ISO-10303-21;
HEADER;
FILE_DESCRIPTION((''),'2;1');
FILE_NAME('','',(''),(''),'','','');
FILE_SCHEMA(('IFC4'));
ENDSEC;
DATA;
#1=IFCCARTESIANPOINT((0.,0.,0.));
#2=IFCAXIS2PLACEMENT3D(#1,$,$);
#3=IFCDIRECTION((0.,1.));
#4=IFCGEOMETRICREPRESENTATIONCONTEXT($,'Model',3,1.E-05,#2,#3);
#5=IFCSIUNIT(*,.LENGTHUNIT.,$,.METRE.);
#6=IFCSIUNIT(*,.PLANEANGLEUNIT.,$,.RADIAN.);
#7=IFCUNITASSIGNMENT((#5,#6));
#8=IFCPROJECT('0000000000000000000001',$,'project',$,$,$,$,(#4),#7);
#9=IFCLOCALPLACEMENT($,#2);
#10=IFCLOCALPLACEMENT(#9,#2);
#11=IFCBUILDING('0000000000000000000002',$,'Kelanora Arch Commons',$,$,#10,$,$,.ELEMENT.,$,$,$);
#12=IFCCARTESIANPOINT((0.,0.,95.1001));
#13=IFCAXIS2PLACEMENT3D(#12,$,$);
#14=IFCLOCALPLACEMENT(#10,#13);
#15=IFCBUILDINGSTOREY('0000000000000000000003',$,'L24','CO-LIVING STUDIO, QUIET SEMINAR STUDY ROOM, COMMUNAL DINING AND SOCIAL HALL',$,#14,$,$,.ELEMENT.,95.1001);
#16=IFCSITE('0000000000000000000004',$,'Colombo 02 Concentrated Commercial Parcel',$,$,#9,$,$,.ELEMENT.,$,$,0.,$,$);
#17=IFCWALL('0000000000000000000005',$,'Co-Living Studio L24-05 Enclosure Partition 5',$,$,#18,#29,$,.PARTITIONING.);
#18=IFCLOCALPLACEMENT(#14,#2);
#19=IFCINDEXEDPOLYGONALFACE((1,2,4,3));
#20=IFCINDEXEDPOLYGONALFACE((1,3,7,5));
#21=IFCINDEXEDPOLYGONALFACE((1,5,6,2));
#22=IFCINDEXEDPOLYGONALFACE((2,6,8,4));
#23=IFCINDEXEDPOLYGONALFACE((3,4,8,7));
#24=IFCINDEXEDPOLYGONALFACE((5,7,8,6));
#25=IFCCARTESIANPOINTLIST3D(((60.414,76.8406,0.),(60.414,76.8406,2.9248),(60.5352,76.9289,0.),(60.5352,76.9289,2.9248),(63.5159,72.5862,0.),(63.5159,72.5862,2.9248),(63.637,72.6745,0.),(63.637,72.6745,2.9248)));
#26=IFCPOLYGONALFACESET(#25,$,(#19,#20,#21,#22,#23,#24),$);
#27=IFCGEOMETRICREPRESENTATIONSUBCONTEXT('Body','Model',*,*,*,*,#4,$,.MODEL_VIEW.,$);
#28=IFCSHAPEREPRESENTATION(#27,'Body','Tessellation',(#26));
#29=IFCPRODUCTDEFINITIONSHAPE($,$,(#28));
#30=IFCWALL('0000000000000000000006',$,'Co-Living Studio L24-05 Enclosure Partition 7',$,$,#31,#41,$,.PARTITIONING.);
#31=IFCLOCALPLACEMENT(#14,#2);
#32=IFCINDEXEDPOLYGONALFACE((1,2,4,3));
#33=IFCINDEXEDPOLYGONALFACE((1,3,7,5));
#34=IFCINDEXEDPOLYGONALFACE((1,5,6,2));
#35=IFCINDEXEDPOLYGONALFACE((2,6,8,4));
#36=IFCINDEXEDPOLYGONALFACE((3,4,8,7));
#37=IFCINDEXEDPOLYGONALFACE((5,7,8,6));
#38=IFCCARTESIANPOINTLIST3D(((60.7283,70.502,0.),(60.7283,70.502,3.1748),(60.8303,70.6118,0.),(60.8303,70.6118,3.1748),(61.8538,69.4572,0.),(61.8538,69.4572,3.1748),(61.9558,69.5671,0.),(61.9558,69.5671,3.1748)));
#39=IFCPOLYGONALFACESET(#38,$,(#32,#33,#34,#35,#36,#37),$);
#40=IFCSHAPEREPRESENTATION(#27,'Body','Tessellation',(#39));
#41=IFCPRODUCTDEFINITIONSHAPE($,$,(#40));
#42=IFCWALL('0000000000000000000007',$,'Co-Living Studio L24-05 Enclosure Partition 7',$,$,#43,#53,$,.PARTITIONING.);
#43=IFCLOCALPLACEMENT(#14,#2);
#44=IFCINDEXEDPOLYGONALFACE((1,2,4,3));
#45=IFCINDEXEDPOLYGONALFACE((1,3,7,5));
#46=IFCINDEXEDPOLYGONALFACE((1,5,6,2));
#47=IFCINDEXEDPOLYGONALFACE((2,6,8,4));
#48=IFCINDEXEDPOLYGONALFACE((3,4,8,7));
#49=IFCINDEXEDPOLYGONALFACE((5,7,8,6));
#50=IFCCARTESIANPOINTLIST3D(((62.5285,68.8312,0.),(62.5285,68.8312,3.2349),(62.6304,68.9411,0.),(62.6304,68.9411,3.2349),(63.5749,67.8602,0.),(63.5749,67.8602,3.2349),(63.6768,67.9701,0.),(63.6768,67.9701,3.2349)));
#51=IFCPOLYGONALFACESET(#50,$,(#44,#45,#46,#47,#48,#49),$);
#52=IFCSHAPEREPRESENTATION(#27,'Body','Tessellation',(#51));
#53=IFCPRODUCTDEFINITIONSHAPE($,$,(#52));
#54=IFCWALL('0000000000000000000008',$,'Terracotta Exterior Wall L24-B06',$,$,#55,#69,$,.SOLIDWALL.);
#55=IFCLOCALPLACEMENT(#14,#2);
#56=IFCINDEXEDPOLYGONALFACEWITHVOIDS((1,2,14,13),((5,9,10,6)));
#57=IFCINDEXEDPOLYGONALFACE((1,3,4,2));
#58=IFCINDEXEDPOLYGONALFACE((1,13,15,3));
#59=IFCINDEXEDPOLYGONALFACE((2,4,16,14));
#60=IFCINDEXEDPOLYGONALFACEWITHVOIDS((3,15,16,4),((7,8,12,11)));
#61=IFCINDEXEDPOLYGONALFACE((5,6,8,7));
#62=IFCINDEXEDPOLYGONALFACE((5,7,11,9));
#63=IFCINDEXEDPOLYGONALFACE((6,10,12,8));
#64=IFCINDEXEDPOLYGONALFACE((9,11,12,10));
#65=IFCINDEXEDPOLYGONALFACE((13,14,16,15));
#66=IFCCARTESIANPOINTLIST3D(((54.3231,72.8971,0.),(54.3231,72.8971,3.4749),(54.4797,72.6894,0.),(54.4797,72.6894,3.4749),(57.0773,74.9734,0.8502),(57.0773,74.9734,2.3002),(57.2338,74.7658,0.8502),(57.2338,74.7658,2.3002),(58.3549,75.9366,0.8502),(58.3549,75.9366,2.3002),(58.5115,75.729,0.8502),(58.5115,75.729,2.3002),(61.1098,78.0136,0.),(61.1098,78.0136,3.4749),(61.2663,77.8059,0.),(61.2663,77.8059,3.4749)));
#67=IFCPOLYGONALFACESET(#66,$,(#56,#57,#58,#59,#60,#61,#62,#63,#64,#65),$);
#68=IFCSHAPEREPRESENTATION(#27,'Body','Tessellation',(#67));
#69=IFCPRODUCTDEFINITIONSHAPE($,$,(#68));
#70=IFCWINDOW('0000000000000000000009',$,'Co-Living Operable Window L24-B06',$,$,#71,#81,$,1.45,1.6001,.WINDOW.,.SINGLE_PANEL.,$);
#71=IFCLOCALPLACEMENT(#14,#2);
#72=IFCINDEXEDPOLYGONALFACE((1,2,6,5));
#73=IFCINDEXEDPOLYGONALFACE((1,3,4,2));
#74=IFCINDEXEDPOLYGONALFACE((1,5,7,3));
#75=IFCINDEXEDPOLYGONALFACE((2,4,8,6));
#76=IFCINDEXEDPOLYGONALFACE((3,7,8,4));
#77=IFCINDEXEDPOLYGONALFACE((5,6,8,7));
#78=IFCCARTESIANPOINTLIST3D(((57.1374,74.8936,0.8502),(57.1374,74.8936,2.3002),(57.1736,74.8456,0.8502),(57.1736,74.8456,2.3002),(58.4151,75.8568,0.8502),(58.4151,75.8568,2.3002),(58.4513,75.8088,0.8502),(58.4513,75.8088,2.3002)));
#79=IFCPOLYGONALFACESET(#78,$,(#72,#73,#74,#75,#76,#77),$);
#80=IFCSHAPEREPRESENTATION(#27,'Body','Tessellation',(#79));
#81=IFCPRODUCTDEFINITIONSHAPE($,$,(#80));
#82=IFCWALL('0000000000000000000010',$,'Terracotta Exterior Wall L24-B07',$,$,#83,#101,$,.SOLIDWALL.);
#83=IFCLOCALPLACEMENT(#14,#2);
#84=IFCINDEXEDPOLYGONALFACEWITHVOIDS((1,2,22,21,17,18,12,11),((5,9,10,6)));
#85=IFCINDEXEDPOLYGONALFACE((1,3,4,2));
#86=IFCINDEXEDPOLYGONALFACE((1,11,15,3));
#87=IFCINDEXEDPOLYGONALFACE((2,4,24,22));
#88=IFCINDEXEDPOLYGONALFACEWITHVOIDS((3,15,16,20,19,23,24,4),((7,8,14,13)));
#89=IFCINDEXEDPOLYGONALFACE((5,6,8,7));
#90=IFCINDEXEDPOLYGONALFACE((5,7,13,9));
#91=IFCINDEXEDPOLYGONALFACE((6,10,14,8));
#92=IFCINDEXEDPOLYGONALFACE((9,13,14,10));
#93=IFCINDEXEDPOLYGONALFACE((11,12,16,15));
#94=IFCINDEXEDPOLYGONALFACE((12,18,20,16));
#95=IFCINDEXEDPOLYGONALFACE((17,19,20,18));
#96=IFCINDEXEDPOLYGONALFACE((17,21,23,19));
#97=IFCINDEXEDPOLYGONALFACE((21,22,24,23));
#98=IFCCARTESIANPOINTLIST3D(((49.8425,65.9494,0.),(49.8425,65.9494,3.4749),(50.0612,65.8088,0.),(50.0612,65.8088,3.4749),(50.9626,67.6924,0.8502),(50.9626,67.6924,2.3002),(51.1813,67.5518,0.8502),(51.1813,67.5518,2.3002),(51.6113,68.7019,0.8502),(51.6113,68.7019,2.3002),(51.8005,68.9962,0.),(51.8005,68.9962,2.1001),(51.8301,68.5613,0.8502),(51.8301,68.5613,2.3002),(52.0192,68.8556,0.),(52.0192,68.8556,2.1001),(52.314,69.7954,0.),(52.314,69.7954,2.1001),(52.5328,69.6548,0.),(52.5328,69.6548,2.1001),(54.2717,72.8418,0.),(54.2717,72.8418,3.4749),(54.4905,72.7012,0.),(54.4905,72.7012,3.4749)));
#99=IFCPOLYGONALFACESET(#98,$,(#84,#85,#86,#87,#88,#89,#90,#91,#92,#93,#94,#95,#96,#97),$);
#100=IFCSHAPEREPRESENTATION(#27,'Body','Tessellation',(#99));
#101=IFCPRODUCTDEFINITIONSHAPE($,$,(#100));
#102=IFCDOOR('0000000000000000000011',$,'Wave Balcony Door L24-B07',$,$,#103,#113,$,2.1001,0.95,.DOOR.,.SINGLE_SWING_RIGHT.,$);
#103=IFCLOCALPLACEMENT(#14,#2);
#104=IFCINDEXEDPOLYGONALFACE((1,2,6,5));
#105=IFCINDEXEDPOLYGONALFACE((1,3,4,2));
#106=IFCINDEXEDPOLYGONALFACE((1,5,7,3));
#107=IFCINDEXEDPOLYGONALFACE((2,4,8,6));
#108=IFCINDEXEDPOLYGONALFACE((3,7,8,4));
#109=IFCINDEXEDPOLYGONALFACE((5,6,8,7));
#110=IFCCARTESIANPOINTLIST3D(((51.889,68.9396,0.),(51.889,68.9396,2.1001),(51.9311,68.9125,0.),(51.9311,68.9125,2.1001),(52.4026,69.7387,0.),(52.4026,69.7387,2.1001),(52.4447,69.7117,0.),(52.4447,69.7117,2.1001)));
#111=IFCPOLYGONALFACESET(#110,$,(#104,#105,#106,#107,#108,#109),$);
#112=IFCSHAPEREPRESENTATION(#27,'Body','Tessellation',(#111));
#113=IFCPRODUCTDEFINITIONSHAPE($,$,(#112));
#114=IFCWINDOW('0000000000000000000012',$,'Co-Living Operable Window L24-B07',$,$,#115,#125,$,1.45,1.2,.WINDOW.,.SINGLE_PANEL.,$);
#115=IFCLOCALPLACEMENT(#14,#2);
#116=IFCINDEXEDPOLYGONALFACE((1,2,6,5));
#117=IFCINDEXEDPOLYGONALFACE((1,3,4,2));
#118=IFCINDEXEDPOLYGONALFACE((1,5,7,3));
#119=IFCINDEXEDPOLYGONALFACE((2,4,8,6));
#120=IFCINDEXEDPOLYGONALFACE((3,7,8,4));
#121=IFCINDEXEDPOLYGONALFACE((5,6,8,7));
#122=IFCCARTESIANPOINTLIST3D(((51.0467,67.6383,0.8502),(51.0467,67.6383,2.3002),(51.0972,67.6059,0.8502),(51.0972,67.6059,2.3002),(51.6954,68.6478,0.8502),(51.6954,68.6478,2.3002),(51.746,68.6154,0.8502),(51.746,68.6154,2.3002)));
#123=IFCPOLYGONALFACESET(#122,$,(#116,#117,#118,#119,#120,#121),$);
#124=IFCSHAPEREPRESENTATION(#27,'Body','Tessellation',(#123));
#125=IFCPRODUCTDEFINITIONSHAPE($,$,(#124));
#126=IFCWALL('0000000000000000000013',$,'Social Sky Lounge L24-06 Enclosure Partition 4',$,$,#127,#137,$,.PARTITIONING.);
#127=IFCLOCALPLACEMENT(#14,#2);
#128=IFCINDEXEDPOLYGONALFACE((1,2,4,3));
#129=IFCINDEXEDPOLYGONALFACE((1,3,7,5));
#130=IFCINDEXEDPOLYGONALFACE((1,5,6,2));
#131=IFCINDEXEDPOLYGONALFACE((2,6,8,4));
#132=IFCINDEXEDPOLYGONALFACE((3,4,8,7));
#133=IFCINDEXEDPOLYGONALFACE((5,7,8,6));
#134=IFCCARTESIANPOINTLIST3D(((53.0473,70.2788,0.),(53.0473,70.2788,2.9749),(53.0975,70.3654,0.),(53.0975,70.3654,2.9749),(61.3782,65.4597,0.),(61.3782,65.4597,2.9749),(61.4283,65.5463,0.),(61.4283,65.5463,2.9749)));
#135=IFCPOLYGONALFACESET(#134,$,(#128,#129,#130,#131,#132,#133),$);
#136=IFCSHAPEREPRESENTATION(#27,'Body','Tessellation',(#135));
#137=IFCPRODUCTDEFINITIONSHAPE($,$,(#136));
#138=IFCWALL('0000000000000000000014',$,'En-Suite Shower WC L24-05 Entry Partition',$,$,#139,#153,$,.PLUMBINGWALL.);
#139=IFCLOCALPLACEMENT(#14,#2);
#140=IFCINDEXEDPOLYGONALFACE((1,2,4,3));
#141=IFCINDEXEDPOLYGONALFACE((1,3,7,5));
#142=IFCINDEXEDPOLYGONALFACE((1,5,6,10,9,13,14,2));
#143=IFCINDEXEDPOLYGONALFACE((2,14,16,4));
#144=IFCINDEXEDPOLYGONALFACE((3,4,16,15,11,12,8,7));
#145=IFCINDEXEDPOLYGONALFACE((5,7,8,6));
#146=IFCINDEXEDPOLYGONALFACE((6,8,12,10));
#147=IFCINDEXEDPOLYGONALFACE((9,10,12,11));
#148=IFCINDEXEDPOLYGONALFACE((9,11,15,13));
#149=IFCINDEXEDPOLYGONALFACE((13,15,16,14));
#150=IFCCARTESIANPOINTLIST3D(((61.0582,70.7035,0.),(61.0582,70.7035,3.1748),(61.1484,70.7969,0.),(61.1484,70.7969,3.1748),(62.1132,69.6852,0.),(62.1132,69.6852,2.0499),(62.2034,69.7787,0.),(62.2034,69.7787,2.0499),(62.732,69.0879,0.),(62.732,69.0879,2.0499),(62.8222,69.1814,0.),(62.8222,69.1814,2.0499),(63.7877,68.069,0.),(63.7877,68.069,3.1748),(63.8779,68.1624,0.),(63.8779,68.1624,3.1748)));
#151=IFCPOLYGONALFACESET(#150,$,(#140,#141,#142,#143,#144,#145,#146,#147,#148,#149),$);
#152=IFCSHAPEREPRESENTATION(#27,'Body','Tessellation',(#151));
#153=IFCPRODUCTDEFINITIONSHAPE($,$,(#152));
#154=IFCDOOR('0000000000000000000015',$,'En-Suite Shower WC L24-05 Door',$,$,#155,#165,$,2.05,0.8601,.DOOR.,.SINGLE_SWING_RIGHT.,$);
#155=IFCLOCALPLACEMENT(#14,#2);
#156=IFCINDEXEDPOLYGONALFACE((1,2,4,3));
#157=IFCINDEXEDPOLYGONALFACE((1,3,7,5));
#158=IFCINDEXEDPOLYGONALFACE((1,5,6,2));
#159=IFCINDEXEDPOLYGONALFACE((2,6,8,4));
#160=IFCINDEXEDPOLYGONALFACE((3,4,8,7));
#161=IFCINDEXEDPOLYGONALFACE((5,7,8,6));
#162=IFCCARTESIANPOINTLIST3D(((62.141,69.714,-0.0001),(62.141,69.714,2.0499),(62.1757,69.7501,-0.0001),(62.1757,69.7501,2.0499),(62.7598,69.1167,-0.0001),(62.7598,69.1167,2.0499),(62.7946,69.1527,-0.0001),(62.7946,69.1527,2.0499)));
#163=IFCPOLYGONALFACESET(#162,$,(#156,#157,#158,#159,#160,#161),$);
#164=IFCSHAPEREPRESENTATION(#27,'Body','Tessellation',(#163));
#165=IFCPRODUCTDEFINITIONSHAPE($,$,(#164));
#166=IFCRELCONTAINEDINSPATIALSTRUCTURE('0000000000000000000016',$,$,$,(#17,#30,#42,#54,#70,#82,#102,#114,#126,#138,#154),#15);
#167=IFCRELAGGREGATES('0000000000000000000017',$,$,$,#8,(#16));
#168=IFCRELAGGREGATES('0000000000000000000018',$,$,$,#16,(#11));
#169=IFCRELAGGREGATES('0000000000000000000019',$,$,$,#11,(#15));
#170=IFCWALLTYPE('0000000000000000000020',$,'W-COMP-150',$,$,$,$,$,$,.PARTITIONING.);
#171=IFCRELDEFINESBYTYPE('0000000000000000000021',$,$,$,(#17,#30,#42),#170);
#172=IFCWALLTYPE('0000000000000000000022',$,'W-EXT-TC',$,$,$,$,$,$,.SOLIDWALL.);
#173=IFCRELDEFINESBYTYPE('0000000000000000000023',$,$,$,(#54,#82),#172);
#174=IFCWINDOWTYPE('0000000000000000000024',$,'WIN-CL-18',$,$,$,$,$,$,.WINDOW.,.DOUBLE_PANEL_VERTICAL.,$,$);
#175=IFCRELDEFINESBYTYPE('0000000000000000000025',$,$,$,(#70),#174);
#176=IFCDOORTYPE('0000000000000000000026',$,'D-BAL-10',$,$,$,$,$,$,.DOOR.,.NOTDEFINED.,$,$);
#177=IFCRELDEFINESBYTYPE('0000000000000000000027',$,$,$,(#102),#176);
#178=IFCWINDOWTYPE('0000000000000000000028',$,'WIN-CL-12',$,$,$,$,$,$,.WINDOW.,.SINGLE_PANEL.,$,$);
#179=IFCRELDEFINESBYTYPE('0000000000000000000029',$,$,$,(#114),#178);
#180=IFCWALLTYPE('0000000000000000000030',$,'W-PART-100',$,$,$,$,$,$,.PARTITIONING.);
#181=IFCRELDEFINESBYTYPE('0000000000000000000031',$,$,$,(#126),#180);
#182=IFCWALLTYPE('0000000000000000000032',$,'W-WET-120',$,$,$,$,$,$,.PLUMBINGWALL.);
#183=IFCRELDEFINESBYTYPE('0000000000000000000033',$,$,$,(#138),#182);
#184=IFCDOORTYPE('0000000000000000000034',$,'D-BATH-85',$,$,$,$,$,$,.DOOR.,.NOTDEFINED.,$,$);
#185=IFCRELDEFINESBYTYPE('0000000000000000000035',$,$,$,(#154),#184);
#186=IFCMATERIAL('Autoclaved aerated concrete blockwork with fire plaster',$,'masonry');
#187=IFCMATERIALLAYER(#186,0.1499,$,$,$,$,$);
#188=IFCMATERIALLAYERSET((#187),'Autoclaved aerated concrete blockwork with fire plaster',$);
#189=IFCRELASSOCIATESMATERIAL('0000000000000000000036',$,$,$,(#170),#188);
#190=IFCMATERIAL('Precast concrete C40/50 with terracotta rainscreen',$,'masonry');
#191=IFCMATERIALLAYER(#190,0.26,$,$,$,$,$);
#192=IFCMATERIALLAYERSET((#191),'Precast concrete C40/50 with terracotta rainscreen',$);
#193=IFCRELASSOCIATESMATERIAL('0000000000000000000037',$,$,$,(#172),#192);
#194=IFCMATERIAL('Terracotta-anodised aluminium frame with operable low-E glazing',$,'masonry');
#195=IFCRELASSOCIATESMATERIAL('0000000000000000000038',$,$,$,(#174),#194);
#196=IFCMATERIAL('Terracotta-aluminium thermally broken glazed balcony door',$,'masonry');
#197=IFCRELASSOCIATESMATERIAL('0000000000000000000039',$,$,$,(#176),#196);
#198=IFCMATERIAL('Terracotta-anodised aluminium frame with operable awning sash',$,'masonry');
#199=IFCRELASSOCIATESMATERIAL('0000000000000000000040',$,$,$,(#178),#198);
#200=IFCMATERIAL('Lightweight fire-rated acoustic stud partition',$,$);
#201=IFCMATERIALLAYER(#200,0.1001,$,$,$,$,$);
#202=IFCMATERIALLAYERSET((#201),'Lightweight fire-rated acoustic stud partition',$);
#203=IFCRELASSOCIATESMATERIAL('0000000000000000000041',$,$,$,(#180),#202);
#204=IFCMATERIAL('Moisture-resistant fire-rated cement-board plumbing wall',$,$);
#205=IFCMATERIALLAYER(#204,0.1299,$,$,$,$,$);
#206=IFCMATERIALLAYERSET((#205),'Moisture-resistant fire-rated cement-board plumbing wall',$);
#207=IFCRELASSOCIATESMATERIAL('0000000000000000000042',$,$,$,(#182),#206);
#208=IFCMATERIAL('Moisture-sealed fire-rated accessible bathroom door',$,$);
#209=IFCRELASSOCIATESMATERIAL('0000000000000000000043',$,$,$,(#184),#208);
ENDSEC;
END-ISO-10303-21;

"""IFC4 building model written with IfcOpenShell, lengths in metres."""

from ifc_helpers import new_model, si_unit, direction, frame, frame_2d, origin, place, context, subcontext, project, spatial, rectangle, extrude, material, layer, layer_set, type_object, element, fill, save


model = new_model("IFC4")

# Units and contexts
model_context = context("Model", 3, precision=1e-05, world=origin(), true_north=direction((0.0, 1.0)))
body_context = subcontext(model_context, "Body", "Model", "MODEL_VIEW")
ifc_project = project(units=[si_unit("LENGTHUNIT", "METRE"), si_unit("PLANEANGLEUNIT", "RADIAN")], contexts=[model_context])

# Site, building, storey
site_placement = place(None, origin())
site = spatial("IfcSite", under=ifc_project, at=site_placement, Name="Colombo 02 Concentrated Commercial Parcel", CompositionType="ELEMENT", RefElevation=0.0)
building_placement = place(site_placement, origin())
building = spatial("IfcBuilding", under=site, at=building_placement, Name="Kelanora Arch Commons", CompositionType="ELEMENT")
storey_placement = place(building_placement, frame((0.0, 0.0, 95.1001)))
storey = spatial("IfcBuildingStorey", under=building, at=storey_placement, Name="L24", Description="CO-LIVING STUDIO, QUIET SEMINAR STUDY ROOM, COMMUNAL DINING AND SOCIAL HALL", CompositionType="ELEMENT", Elevation=95.1001)

# Shared definitions
ifc_material_1 = material(Name="Autoclaved aerated concrete blockwork with fire plaster", Category="masonry")
ifc_layer_1 = layer(ifc_material_1, 0.1499)
ifc_layer_set_1 = layer_set([ifc_layer_1], Name="Autoclaved aerated concrete blockwork with fire plaster")
wall_type_1 = type_object("IfcWallType", Name="W-COMP-150", PredefinedType="PARTITIONING", material=ifc_layer_set_1)

# Walls
wall_1_placement = place(storey_placement, frame((60.4746, 76.8848, 0.0), z_axis=(0.0, 0.0, 1.0), x_axis=(0.589128, -0.80804, 0.0)))
element("IfcWall", 1, at=wall_1_placement, inside=storey, type_object=wall_type_1, Name="Co-Living Studio L24-05 Enclosure Partition 5", PredefinedType="PARTITIONING", context=body_context, shape_type="SweptSolid", body=[
    extrude(rectangle(XDim=5.2651, YDim=0.1499, at=frame_2d((2.6326, 0.0))), origin(), (0.0, 0.0, 1.0), 2.9248),
])
wall_2_placement = place(storey_placement, frame((60.7793, 70.5569, 0.0), z_axis=(0.0, 0.0, 1.0), x_axis=(0.732929, -0.680305, 0.0)))
element("IfcWall", 2, at=wall_2_placement, inside=storey, type_object=wall_type_1, Name="Co-Living Studio L24-05 Enclosure Partition 7", PredefinedType="PARTITIONING", context=body_context, shape_type="SweptSolid", body=[
    extrude(rectangle(XDim=1.5356, YDim=0.1499, at=frame_2d((0.7678, 0.0))), origin(), (0.0, 0.0, 1.0), 3.1748),
])
wall_3_placement = place(storey_placement, frame((62.5793, 68.8862, 0.0), z_axis=(0.0, 0.0, 1.0), x_axis=(0.733037, -0.680189, 0.0)))
element("IfcWall", 3, at=wall_3_placement, inside=storey, type_object=wall_type_1, Name="Co-Living Studio L24-05 Enclosure Partition 7", PredefinedType="PARTITIONING", context=body_context, shape_type="SweptSolid", body=[
    extrude(rectangle(XDim=1.4275, YDim=0.1499, at=frame_2d((0.7139, 0.0))), origin(), (0.0, 0.0, 1.0), 3.2349),
])

# Wall, opening, window
ifc_material_2 = material(Name="Precast concrete C40/50 with terracotta rainscreen", Category="masonry")
ifc_layer_2 = layer(ifc_material_2, 0.26)
ifc_layer_set_2 = layer_set([ifc_layer_2], Name="Precast concrete C40/50 with terracotta rainscreen")
wall_type_2 = type_object("IfcWallType", Name="W-EXT-TC", PredefinedType="SOLIDWALL", material=ifc_layer_set_2)
wall_4_placement = place(storey_placement, frame((61.188, 77.9097, 0.0), z_axis=(0.0, 0.0, 1.0), x_axis=(-0.798502, -0.601993, 0.0)))
wall_4 = element("IfcWall", 4, at=wall_4_placement, inside=storey, type_object=wall_type_2, Name="Terracotta Exterior Wall L24-B06", PredefinedType="SOLIDWALL", context=body_context, shape_type="SweptSolid", body=[
    extrude(rectangle(XDim=8.4993, YDim=0.26, at=frame_2d((4.2495, 0.0))), origin(), (0.0, 0.0, 1.0), 3.4749),
])
opening_1_placement = place(wall_4_placement, frame((3.45, 0.0, 0.8501)))
opening_1 = element("IfcOpeningElement", 5, at=opening_1_placement, cuts=wall_4, PredefinedType="OPENING", context=body_context, shape_type="SweptSolid", body=[
    extrude(rectangle(XDim=1.6001, YDim=1.45, at=frame_2d((0.8, 0.7251))), frame((0.0, 0.1401, 0.0), z_axis=(0.0, -1.0, 0.0), x_axis=(1.0, 0.0, 0.0)), (0.0, 0.0, 1.0), 0.28),
])
ifc_material_3 = material(Name="Terracotta-anodised aluminium frame with operable low-E glazing", Category="masonry")
window_type_1 = type_object("IfcWindowType", Name="WIN-CL-18", PartitioningType="DOUBLE_PANEL_VERTICAL", PredefinedType="WINDOW", material=ifc_material_3)
window_1_placement = place(opening_1_placement, origin())
window_1 = element("IfcWindow", 6, at=window_1_placement, inside=storey, type_object=window_type_1, Name="Co-Living Operable Window L24-B06", OverallHeight=1.45, OverallWidth=1.6001, PartitioningType="SINGLE_PANEL", PredefinedType="WINDOW", context=body_context, shape_type="SweptSolid", body=[
    extrude(rectangle(XDim=1.6001, YDim=1.45, at=frame_2d((0.8, 0.7251))), frame((0.0, 0.03, 0.0), z_axis=(0.0, -1.0, 0.0), x_axis=(1.0, 0.0, 0.0)), (0.0, 0.0, 1.0), 0.0601),
])
fill(opening_1, window_1)

# Wall, openings, door, window
wall_5_placement = place(storey_placement, frame((54.3811, 72.7715, 0.0), z_axis=(0.0, 0.0, 1.0), x_axis=(-0.540621, -0.841267, 0.0)))
wall_5 = element("IfcWall", 7, at=wall_5_placement, inside=storey, type_object=wall_type_2, Name="Terracotta Exterior Wall L24-B07", PredefinedType="SOLIDWALL", context=body_context, shape_type="SweptSolid", body=[
    extrude(rectangle(XDim=8.1929, YDim=0.26, at=frame_2d((4.0964, 0.0))), origin(), (0.0, 0.0, 1.0), 3.4749),
])
opening_2_placement = place(wall_5_placement, frame((3.6211, 0.0, 0.0)))
opening_2 = element("IfcOpeningElement", 8, at=opening_2_placement, cuts=wall_5, PredefinedType="OPENING", context=body_context, shape_type="SweptSolid", body=[
    extrude(rectangle(XDim=0.95, YDim=2.1001, at=frame_2d((0.4751, 1.05))), frame((0.0, 0.1401, 0.0), z_axis=(0.0, -1.0, 0.0), x_axis=(1.0, 0.0, 0.0)), (0.0, 0.0, 1.0), 0.28),
])
opening_3_placement = place(wall_5_placement, frame((4.9209, 0.0, 0.8501)))
opening_3 = element("IfcOpeningElement", 9, at=opening_3_placement, cuts=wall_5, PredefinedType="OPENING", context=body_context, shape_type="SweptSolid", body=[
    extrude(rectangle(XDim=1.2, YDim=1.45, at=frame_2d((0.6001, 0.7251))), frame((0.0, 0.1401, 0.0), z_axis=(0.0, -1.0, 0.0), x_axis=(1.0, 0.0, 0.0)), (0.0, 0.0, 1.0), 0.28),
])
ifc_material_4 = material(Name="Terracotta-aluminium thermally broken glazed balcony door", Category="masonry")
door_type_1 = type_object("IfcDoorType", Name="D-BAL-10", OperationType="NOTDEFINED", PredefinedType="DOOR", material=ifc_material_4)
door_1_placement = place(opening_2_placement, frame((0.95, 0.0, 0.0), z_axis=(0.0, 0.0, 1.0), x_axis=(-1.0, 0.0, 0.0)))
door_1 = element("IfcDoor", 10, at=door_1_placement, inside=storey, type_object=door_type_1, Name="Wave Balcony Door L24-B07", OperationType="SINGLE_SWING_RIGHT", OverallHeight=2.1001, OverallWidth=0.95, PredefinedType="DOOR", context=body_context, shape_type="SweptSolid", body=[
    extrude(rectangle(XDim=0.95, YDim=2.1001, at=frame_2d((0.4751, 1.05))), frame((0.0, 0.0249, 0.0), z_axis=(0.0, -1.0, 0.0), x_axis=(1.0, 0.0, 0.0)), (0.0, 0.0, 1.0), 0.05),
])
fill(opening_2, door_1)
ifc_material_5 = material(Name="Terracotta-anodised aluminium frame with operable awning sash", Category="masonry")
window_type_2 = type_object("IfcWindowType", Name="WIN-CL-12", PartitioningType="SINGLE_PANEL", PredefinedType="WINDOW", material=ifc_material_5)
window_2_placement = place(opening_3_placement, origin())
window_2 = element("IfcWindow", 11, at=window_2_placement, inside=storey, type_object=window_type_2, Name="Co-Living Operable Window L24-B07", OverallHeight=1.45, OverallWidth=1.2, PartitioningType="SINGLE_PANEL", PredefinedType="WINDOW", context=body_context, shape_type="SweptSolid", body=[
    extrude(rectangle(XDim=1.2, YDim=1.45, at=frame_2d((0.6001, 0.7251))), frame((0.0, 0.03, 0.0), z_axis=(0.0, -1.0, 0.0), x_axis=(1.0, 0.0, 0.0)), (0.0, 0.0, 1.0), 0.0601),
])
fill(opening_3, window_2)

# Wall
ifc_material_6 = material(Name="Lightweight fire-rated acoustic stud partition")
ifc_layer_3 = layer(ifc_material_6, 0.1001)
ifc_layer_set_3 = layer_set([ifc_layer_3], Name="Lightweight fire-rated acoustic stud partition")
wall_type_3 = type_object("IfcWallType", Name="W-PART-100", PredefinedType="PARTITIONING", material=ifc_layer_set_3)
wall_6_placement = place(storey_placement, frame((53.0725, 70.322, 0.0), z_axis=(0.0, 0.0, 1.0), x_axis=(0.865607, -0.500724, 0.0)))
element("IfcWall", 12, at=wall_6_placement, inside=storey, type_object=wall_type_3, Name="Social Sky Lounge L24-06 Enclosure Partition 4", PredefinedType="PARTITIONING", context=body_context, shape_type="SweptSolid", body=[
    extrude(rectangle(XDim=9.6243, YDim=0.1001, at=frame_2d((4.812, 0.0))), origin(), (0.0, 0.0, 1.0), 2.9749),
])

# Wall, opening, door
ifc_material_7 = material(Name="Moisture-resistant fire-rated cement-board plumbing wall")
ifc_layer_4 = layer(ifc_material_7, 0.1299)
ifc_layer_set_4 = layer_set([ifc_layer_4], Name="Moisture-resistant fire-rated cement-board plumbing wall")
wall_type_4 = type_object("IfcWallType", Name="W-WET-120", PredefinedType="PLUMBINGWALL", material=ifc_layer_set_4)
wall_7_placement = place(storey_placement, frame((63.8328, 68.1157, 0.0), z_axis=(0.0, 0.0, 1.0), x_axis=(-0.719513, 0.694479, 0.0)))
wall_7 = element("IfcWall", 13, at=wall_7_placement, inside=storey, type_object=wall_type_4, Name="En-Suite Shower WC L24-05 Entry Partition", PredefinedType="PLUMBINGWALL", context=body_context, shape_type="SweptSolid", body=[
    extrude(rectangle(XDim=3.7935, YDim=0.1299, at=frame_2d((1.8967, 0.0))), origin(), (0.0, 0.0, 1.0), 3.1748),
])
opening_4_placement = place(wall_7_placement, frame((1.467, 0.0, 0.0)))
opening_4 = element("IfcOpeningElement", 14, at=opening_4_placement, cuts=wall_7, PredefinedType="OPENING", context=body_context, shape_type="SweptSolid", body=[
    extrude(rectangle(XDim=0.8601, YDim=2.05, at=frame_2d((0.4302, 1.0249))), frame((0.0, 0.075, 0.0), z_axis=(0.0, -1.0, 0.0), x_axis=(1.0, 0.0, 0.0)), (0.0, 0.0, 1.0), 0.1499),
])
ifc_material_8 = material(Name="Moisture-sealed fire-rated accessible bathroom door")
door_type_2 = type_object("IfcDoorType", Name="D-BATH-85", OperationType="NOTDEFINED", PredefinedType="DOOR", material=ifc_material_8)
door_2_placement = place(opening_4_placement, origin())
door_2 = element("IfcDoor", 15, at=door_2_placement, inside=storey, type_object=door_type_2, Name="En-Suite Shower WC L24-05 Door", OperationType="SINGLE_SWING_RIGHT", OverallHeight=2.05, OverallWidth=0.8601, PredefinedType="DOOR", context=body_context, shape_type="SweptSolid", body=[
    extrude(rectangle(XDim=0.8601, YDim=2.05, at=frame_2d((0.4302, 1.0249))), frame((0.0, 0.0249, 0.0), z_axis=(0.0, -1.0, 0.0), x_axis=(1.0, 0.0, 0.0)), (0.0, 0.0, 1.0), 0.05),
])
fill(opening_4, door_2)

save(model, "model.ifc")
